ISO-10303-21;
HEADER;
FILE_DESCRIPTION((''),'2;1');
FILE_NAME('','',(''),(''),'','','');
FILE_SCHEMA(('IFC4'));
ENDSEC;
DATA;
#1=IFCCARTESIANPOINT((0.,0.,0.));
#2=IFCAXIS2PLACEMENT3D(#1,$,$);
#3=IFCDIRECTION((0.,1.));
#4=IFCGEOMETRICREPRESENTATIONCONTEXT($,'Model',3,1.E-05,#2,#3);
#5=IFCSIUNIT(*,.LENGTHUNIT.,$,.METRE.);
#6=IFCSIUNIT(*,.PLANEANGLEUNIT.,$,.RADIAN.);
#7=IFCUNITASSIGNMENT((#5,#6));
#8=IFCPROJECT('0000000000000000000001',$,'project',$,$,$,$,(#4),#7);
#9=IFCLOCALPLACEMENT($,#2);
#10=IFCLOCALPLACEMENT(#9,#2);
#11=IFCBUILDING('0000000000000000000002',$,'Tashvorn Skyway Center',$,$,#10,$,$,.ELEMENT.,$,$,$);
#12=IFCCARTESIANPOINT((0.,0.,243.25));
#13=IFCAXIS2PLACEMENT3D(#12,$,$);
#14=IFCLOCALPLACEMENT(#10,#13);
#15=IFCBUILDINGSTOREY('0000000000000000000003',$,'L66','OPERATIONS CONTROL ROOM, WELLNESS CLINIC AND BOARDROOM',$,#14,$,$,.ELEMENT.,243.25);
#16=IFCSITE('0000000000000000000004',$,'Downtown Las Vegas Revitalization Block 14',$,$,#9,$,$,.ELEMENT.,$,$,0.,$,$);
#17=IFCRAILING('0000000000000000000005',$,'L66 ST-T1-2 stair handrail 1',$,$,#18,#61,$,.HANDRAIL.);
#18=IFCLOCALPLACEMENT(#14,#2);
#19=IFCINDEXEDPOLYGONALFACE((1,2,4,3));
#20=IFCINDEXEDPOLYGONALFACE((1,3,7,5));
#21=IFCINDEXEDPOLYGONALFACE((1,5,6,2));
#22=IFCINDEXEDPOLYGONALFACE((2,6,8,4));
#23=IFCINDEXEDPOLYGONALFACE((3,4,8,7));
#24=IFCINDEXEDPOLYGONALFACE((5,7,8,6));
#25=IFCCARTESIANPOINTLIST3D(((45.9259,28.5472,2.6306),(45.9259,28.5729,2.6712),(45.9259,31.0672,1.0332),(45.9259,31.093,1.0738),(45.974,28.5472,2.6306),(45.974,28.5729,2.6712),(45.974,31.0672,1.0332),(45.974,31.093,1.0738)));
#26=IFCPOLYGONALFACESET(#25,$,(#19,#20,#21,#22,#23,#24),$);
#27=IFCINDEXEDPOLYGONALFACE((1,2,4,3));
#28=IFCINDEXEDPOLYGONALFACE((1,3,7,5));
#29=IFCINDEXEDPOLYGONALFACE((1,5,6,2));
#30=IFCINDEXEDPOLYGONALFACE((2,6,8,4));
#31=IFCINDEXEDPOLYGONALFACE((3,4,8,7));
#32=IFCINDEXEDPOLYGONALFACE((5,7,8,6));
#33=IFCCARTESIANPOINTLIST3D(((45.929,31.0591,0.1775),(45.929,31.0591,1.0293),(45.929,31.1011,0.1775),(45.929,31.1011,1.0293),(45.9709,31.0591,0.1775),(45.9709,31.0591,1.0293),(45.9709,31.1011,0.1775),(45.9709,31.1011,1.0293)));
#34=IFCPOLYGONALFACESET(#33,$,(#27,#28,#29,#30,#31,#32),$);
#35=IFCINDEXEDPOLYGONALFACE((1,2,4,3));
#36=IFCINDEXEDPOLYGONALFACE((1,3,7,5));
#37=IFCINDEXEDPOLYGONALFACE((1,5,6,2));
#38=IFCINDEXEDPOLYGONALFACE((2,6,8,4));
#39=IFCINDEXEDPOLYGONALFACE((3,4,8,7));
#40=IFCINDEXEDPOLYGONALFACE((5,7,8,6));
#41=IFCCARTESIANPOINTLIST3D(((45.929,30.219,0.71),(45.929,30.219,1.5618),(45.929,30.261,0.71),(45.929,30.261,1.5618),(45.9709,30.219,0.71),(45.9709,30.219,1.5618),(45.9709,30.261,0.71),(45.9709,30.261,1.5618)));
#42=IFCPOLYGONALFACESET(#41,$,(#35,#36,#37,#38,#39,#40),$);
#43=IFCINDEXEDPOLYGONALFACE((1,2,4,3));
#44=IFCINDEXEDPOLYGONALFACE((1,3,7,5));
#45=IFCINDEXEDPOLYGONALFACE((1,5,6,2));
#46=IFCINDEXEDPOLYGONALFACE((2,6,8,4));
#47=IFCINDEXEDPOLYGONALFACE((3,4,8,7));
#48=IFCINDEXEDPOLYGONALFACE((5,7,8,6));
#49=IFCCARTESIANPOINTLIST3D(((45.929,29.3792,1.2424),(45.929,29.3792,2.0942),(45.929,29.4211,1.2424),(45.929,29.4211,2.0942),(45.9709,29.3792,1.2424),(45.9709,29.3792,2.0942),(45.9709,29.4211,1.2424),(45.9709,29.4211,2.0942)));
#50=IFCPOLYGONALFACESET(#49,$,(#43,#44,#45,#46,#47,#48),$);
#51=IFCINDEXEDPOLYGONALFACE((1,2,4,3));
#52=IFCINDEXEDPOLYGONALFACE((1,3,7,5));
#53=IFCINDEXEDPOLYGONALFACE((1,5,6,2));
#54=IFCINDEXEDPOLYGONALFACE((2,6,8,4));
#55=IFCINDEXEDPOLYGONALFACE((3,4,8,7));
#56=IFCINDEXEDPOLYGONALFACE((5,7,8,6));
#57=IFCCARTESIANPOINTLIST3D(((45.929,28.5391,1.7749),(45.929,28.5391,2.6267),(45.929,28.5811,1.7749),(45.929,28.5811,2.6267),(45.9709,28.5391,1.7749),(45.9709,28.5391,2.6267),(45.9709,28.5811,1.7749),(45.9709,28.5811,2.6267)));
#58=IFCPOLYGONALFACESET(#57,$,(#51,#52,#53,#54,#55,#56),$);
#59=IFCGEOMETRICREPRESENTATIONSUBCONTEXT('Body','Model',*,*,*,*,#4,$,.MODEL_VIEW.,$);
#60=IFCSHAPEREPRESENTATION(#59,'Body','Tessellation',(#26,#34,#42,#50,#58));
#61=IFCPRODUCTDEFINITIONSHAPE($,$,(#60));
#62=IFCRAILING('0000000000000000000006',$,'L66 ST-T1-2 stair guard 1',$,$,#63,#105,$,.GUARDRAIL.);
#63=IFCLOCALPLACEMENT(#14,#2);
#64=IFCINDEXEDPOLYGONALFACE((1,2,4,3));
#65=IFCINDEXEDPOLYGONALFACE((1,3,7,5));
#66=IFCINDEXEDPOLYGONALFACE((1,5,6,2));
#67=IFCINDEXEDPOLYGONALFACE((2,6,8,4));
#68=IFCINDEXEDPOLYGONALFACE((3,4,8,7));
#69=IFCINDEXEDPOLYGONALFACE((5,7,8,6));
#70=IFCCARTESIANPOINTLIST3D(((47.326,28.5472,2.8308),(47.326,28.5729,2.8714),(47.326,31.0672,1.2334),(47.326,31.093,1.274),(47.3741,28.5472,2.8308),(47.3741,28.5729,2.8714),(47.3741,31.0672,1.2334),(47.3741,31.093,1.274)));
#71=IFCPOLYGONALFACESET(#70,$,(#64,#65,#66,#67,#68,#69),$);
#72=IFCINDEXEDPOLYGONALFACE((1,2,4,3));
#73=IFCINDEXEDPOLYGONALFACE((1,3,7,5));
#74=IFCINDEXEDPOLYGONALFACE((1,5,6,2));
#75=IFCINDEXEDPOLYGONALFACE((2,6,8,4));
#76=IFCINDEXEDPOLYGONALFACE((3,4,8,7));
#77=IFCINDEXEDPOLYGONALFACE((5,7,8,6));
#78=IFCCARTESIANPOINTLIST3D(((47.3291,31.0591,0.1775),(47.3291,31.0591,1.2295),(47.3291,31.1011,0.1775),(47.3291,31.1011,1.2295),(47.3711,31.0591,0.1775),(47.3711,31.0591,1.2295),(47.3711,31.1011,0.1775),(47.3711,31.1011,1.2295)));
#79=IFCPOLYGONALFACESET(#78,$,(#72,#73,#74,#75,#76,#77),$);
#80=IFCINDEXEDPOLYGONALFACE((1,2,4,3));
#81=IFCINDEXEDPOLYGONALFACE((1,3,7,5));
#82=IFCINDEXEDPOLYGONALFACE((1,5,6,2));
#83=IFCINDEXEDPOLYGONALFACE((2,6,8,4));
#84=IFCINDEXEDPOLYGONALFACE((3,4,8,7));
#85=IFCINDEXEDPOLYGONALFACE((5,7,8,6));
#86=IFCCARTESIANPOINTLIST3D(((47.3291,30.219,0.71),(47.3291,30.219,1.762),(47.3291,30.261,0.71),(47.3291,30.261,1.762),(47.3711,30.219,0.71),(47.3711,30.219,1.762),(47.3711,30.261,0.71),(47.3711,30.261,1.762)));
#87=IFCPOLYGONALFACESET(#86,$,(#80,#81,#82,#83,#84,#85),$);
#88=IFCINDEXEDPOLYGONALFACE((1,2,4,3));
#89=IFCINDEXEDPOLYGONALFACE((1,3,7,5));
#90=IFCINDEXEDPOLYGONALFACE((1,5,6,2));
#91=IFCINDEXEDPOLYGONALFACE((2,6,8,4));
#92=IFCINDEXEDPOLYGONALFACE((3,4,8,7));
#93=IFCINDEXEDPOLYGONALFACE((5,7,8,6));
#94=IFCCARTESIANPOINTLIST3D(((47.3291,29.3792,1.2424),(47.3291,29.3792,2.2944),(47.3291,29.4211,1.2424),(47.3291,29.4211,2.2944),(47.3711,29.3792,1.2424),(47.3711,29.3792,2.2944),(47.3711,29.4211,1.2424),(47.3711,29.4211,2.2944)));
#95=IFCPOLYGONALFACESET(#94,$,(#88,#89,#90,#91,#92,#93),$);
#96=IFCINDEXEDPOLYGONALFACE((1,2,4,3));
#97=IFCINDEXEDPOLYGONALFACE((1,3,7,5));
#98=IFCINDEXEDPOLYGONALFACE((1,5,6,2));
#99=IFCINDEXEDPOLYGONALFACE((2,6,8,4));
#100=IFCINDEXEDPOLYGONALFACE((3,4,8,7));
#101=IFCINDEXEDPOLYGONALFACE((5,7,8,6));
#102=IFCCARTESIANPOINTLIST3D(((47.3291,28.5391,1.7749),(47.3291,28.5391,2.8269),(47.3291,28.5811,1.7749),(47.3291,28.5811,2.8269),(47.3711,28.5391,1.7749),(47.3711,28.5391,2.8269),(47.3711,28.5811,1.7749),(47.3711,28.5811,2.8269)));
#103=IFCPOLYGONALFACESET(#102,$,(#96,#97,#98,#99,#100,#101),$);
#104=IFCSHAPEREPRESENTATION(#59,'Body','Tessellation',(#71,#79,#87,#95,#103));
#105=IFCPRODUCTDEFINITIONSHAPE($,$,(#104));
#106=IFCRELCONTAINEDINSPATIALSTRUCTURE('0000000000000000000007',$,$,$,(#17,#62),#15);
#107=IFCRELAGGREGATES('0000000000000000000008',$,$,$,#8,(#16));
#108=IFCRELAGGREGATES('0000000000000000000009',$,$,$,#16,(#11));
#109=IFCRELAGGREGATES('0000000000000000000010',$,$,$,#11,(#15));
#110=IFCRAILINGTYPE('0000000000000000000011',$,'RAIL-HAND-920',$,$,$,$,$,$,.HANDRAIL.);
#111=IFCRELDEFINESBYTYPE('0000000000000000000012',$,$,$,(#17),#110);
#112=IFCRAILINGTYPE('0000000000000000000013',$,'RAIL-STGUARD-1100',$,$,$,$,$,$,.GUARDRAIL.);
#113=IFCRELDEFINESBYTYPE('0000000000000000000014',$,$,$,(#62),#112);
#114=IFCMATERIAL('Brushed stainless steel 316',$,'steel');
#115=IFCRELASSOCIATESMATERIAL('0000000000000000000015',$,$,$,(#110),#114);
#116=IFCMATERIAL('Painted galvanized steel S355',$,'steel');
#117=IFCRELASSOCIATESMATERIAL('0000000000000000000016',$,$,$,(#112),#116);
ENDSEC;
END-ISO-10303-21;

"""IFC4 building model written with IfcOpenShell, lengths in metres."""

from ifc_helpers import new_model, si_unit, direction, frame, origin, origin_2d, place, context, subcontext, project, spatial, rectangle, extrude, material, type_object, element, save


model = new_model("IFC4")

# Units and contexts
model_context = context("Model", 3, precision=1e-05, world=origin(), true_north=direction((0.0, 1.0)))
body_context = subcontext(model_context, "Body", "Model", "MODEL_VIEW")
ifc_project = project(units=[si_unit("LENGTHUNIT", "METRE"), si_unit("PLANEANGLEUNIT", "RADIAN")], contexts=[model_context])

# Site, building, storey
site_placement = place(None, origin())
site = spatial("IfcSite", under=ifc_project, at=site_placement, Name="Downtown Las Vegas Revitalization Block 14", CompositionType="ELEMENT", RefElevation=0.0)
building_placement = place(site_placement, origin())
building = spatial("IfcBuilding", under=site, at=building_placement, Name="Tashvorn Skyway Center", CompositionType="ELEMENT")
storey_placement = place(building_placement, frame((0.0, 0.0, 243.25)))
storey = spatial("IfcBuildingStorey", under=building, at=storey_placement, Name="L66", Description="OPERATIONS CONTROL ROOM, WELLNESS CLINIC AND BOARDROOM", CompositionType="ELEMENT", Elevation=243.25)

# Railings
ifc_material_1 = material(Name="Brushed stainless steel 316", Category="steel")
railing_type_1 = type_object("IfcRailingType", Name="RAIL-HAND-920", PredefinedType="HANDRAIL", material=ifc_material_1)
railing_1_placement = place(storey_placement, frame((45.95, 31.0801, 0.1775)))
element("IfcRailing", 1, at=railing_1_placement, inside=storey, type_object=railing_type_1, Name="L66 ST-T1-2 stair handrail 1", PredefinedType="HANDRAIL", context=body_context, shape_type="SweptSolid", body=[
    extrude(rectangle(XDim=0.0481, YDim=0.0481, at=origin_2d()), frame((0.0, 0.0, 0.876), z_axis=(0.0, -0.844607, 0.535387), x_axis=(1.0, 0.0, 0.0)), (0.0, 0.0, 1.0), 2.9836),
    extrude(rectangle(XDim=0.042, YDim=0.042, at=origin_2d()), origin(), (0.0, 0.0, 1.0), 0.8518),
    extrude(rectangle(XDim=0.042, YDim=0.042, at=origin_2d()), frame((0.0, -0.8401, 0.5325)), (0.0, 0.0, 1.0), 0.8518),
    extrude(rectangle(XDim=0.042, YDim=0.042, at=origin_2d()), frame((0.0, -1.6799, 1.0649)), (0.0, 0.0, 1.0), 0.8518),
    extrude(rectangle(XDim=0.042, YDim=0.042, at=origin_2d()), frame((0.0, -2.52, 1.5974)), (0.0, 0.0, 1.0), 0.8518),
])
ifc_material_2 = material(Name="Painted galvanized steel S355", Category="steel")
railing_type_2 = type_object("IfcRailingType", Name="RAIL-STGUARD-1100", PredefinedType="GUARDRAIL", material=ifc_material_2)
railing_2_placement = place(storey_placement, frame((47.3501, 31.0801, 0.1775)))
element("IfcRailing", 2, at=railing_2_placement, inside=storey, type_object=railing_type_2, Name="L66 ST-T1-2 stair guard 1", PredefinedType="GUARDRAIL", context=body_context, shape_type="SweptSolid", body=[
    extrude(rectangle(XDim=0.0481, YDim=0.0481, at=origin_2d()), frame((0.0, 0.0, 1.0762), z_axis=(0.0, -0.844607, 0.535387), x_axis=(1.0, 0.0, 0.0)), (0.0, 0.0, 1.0), 2.9836),
    extrude(rectangle(XDim=0.042, YDim=0.042, at=origin_2d()), origin(), (0.0, 0.0, 1.0), 1.052),
    extrude(rectangle(XDim=0.042, YDim=0.042, at=origin_2d()), frame((0.0, -0.8401, 0.5325)), (0.0, 0.0, 1.0), 1.052),
    extrude(rectangle(XDim=0.042, YDim=0.042, at=origin_2d()), frame((0.0, -1.6799, 1.0649)), (0.0, 0.0, 1.0), 1.052),
    extrude(rectangle(XDim=0.042, YDim=0.042, at=origin_2d()), frame((0.0, -2.52, 1.5974)), (0.0, 0.0, 1.0), 1.052),
])

save(model, "model.ifc")
